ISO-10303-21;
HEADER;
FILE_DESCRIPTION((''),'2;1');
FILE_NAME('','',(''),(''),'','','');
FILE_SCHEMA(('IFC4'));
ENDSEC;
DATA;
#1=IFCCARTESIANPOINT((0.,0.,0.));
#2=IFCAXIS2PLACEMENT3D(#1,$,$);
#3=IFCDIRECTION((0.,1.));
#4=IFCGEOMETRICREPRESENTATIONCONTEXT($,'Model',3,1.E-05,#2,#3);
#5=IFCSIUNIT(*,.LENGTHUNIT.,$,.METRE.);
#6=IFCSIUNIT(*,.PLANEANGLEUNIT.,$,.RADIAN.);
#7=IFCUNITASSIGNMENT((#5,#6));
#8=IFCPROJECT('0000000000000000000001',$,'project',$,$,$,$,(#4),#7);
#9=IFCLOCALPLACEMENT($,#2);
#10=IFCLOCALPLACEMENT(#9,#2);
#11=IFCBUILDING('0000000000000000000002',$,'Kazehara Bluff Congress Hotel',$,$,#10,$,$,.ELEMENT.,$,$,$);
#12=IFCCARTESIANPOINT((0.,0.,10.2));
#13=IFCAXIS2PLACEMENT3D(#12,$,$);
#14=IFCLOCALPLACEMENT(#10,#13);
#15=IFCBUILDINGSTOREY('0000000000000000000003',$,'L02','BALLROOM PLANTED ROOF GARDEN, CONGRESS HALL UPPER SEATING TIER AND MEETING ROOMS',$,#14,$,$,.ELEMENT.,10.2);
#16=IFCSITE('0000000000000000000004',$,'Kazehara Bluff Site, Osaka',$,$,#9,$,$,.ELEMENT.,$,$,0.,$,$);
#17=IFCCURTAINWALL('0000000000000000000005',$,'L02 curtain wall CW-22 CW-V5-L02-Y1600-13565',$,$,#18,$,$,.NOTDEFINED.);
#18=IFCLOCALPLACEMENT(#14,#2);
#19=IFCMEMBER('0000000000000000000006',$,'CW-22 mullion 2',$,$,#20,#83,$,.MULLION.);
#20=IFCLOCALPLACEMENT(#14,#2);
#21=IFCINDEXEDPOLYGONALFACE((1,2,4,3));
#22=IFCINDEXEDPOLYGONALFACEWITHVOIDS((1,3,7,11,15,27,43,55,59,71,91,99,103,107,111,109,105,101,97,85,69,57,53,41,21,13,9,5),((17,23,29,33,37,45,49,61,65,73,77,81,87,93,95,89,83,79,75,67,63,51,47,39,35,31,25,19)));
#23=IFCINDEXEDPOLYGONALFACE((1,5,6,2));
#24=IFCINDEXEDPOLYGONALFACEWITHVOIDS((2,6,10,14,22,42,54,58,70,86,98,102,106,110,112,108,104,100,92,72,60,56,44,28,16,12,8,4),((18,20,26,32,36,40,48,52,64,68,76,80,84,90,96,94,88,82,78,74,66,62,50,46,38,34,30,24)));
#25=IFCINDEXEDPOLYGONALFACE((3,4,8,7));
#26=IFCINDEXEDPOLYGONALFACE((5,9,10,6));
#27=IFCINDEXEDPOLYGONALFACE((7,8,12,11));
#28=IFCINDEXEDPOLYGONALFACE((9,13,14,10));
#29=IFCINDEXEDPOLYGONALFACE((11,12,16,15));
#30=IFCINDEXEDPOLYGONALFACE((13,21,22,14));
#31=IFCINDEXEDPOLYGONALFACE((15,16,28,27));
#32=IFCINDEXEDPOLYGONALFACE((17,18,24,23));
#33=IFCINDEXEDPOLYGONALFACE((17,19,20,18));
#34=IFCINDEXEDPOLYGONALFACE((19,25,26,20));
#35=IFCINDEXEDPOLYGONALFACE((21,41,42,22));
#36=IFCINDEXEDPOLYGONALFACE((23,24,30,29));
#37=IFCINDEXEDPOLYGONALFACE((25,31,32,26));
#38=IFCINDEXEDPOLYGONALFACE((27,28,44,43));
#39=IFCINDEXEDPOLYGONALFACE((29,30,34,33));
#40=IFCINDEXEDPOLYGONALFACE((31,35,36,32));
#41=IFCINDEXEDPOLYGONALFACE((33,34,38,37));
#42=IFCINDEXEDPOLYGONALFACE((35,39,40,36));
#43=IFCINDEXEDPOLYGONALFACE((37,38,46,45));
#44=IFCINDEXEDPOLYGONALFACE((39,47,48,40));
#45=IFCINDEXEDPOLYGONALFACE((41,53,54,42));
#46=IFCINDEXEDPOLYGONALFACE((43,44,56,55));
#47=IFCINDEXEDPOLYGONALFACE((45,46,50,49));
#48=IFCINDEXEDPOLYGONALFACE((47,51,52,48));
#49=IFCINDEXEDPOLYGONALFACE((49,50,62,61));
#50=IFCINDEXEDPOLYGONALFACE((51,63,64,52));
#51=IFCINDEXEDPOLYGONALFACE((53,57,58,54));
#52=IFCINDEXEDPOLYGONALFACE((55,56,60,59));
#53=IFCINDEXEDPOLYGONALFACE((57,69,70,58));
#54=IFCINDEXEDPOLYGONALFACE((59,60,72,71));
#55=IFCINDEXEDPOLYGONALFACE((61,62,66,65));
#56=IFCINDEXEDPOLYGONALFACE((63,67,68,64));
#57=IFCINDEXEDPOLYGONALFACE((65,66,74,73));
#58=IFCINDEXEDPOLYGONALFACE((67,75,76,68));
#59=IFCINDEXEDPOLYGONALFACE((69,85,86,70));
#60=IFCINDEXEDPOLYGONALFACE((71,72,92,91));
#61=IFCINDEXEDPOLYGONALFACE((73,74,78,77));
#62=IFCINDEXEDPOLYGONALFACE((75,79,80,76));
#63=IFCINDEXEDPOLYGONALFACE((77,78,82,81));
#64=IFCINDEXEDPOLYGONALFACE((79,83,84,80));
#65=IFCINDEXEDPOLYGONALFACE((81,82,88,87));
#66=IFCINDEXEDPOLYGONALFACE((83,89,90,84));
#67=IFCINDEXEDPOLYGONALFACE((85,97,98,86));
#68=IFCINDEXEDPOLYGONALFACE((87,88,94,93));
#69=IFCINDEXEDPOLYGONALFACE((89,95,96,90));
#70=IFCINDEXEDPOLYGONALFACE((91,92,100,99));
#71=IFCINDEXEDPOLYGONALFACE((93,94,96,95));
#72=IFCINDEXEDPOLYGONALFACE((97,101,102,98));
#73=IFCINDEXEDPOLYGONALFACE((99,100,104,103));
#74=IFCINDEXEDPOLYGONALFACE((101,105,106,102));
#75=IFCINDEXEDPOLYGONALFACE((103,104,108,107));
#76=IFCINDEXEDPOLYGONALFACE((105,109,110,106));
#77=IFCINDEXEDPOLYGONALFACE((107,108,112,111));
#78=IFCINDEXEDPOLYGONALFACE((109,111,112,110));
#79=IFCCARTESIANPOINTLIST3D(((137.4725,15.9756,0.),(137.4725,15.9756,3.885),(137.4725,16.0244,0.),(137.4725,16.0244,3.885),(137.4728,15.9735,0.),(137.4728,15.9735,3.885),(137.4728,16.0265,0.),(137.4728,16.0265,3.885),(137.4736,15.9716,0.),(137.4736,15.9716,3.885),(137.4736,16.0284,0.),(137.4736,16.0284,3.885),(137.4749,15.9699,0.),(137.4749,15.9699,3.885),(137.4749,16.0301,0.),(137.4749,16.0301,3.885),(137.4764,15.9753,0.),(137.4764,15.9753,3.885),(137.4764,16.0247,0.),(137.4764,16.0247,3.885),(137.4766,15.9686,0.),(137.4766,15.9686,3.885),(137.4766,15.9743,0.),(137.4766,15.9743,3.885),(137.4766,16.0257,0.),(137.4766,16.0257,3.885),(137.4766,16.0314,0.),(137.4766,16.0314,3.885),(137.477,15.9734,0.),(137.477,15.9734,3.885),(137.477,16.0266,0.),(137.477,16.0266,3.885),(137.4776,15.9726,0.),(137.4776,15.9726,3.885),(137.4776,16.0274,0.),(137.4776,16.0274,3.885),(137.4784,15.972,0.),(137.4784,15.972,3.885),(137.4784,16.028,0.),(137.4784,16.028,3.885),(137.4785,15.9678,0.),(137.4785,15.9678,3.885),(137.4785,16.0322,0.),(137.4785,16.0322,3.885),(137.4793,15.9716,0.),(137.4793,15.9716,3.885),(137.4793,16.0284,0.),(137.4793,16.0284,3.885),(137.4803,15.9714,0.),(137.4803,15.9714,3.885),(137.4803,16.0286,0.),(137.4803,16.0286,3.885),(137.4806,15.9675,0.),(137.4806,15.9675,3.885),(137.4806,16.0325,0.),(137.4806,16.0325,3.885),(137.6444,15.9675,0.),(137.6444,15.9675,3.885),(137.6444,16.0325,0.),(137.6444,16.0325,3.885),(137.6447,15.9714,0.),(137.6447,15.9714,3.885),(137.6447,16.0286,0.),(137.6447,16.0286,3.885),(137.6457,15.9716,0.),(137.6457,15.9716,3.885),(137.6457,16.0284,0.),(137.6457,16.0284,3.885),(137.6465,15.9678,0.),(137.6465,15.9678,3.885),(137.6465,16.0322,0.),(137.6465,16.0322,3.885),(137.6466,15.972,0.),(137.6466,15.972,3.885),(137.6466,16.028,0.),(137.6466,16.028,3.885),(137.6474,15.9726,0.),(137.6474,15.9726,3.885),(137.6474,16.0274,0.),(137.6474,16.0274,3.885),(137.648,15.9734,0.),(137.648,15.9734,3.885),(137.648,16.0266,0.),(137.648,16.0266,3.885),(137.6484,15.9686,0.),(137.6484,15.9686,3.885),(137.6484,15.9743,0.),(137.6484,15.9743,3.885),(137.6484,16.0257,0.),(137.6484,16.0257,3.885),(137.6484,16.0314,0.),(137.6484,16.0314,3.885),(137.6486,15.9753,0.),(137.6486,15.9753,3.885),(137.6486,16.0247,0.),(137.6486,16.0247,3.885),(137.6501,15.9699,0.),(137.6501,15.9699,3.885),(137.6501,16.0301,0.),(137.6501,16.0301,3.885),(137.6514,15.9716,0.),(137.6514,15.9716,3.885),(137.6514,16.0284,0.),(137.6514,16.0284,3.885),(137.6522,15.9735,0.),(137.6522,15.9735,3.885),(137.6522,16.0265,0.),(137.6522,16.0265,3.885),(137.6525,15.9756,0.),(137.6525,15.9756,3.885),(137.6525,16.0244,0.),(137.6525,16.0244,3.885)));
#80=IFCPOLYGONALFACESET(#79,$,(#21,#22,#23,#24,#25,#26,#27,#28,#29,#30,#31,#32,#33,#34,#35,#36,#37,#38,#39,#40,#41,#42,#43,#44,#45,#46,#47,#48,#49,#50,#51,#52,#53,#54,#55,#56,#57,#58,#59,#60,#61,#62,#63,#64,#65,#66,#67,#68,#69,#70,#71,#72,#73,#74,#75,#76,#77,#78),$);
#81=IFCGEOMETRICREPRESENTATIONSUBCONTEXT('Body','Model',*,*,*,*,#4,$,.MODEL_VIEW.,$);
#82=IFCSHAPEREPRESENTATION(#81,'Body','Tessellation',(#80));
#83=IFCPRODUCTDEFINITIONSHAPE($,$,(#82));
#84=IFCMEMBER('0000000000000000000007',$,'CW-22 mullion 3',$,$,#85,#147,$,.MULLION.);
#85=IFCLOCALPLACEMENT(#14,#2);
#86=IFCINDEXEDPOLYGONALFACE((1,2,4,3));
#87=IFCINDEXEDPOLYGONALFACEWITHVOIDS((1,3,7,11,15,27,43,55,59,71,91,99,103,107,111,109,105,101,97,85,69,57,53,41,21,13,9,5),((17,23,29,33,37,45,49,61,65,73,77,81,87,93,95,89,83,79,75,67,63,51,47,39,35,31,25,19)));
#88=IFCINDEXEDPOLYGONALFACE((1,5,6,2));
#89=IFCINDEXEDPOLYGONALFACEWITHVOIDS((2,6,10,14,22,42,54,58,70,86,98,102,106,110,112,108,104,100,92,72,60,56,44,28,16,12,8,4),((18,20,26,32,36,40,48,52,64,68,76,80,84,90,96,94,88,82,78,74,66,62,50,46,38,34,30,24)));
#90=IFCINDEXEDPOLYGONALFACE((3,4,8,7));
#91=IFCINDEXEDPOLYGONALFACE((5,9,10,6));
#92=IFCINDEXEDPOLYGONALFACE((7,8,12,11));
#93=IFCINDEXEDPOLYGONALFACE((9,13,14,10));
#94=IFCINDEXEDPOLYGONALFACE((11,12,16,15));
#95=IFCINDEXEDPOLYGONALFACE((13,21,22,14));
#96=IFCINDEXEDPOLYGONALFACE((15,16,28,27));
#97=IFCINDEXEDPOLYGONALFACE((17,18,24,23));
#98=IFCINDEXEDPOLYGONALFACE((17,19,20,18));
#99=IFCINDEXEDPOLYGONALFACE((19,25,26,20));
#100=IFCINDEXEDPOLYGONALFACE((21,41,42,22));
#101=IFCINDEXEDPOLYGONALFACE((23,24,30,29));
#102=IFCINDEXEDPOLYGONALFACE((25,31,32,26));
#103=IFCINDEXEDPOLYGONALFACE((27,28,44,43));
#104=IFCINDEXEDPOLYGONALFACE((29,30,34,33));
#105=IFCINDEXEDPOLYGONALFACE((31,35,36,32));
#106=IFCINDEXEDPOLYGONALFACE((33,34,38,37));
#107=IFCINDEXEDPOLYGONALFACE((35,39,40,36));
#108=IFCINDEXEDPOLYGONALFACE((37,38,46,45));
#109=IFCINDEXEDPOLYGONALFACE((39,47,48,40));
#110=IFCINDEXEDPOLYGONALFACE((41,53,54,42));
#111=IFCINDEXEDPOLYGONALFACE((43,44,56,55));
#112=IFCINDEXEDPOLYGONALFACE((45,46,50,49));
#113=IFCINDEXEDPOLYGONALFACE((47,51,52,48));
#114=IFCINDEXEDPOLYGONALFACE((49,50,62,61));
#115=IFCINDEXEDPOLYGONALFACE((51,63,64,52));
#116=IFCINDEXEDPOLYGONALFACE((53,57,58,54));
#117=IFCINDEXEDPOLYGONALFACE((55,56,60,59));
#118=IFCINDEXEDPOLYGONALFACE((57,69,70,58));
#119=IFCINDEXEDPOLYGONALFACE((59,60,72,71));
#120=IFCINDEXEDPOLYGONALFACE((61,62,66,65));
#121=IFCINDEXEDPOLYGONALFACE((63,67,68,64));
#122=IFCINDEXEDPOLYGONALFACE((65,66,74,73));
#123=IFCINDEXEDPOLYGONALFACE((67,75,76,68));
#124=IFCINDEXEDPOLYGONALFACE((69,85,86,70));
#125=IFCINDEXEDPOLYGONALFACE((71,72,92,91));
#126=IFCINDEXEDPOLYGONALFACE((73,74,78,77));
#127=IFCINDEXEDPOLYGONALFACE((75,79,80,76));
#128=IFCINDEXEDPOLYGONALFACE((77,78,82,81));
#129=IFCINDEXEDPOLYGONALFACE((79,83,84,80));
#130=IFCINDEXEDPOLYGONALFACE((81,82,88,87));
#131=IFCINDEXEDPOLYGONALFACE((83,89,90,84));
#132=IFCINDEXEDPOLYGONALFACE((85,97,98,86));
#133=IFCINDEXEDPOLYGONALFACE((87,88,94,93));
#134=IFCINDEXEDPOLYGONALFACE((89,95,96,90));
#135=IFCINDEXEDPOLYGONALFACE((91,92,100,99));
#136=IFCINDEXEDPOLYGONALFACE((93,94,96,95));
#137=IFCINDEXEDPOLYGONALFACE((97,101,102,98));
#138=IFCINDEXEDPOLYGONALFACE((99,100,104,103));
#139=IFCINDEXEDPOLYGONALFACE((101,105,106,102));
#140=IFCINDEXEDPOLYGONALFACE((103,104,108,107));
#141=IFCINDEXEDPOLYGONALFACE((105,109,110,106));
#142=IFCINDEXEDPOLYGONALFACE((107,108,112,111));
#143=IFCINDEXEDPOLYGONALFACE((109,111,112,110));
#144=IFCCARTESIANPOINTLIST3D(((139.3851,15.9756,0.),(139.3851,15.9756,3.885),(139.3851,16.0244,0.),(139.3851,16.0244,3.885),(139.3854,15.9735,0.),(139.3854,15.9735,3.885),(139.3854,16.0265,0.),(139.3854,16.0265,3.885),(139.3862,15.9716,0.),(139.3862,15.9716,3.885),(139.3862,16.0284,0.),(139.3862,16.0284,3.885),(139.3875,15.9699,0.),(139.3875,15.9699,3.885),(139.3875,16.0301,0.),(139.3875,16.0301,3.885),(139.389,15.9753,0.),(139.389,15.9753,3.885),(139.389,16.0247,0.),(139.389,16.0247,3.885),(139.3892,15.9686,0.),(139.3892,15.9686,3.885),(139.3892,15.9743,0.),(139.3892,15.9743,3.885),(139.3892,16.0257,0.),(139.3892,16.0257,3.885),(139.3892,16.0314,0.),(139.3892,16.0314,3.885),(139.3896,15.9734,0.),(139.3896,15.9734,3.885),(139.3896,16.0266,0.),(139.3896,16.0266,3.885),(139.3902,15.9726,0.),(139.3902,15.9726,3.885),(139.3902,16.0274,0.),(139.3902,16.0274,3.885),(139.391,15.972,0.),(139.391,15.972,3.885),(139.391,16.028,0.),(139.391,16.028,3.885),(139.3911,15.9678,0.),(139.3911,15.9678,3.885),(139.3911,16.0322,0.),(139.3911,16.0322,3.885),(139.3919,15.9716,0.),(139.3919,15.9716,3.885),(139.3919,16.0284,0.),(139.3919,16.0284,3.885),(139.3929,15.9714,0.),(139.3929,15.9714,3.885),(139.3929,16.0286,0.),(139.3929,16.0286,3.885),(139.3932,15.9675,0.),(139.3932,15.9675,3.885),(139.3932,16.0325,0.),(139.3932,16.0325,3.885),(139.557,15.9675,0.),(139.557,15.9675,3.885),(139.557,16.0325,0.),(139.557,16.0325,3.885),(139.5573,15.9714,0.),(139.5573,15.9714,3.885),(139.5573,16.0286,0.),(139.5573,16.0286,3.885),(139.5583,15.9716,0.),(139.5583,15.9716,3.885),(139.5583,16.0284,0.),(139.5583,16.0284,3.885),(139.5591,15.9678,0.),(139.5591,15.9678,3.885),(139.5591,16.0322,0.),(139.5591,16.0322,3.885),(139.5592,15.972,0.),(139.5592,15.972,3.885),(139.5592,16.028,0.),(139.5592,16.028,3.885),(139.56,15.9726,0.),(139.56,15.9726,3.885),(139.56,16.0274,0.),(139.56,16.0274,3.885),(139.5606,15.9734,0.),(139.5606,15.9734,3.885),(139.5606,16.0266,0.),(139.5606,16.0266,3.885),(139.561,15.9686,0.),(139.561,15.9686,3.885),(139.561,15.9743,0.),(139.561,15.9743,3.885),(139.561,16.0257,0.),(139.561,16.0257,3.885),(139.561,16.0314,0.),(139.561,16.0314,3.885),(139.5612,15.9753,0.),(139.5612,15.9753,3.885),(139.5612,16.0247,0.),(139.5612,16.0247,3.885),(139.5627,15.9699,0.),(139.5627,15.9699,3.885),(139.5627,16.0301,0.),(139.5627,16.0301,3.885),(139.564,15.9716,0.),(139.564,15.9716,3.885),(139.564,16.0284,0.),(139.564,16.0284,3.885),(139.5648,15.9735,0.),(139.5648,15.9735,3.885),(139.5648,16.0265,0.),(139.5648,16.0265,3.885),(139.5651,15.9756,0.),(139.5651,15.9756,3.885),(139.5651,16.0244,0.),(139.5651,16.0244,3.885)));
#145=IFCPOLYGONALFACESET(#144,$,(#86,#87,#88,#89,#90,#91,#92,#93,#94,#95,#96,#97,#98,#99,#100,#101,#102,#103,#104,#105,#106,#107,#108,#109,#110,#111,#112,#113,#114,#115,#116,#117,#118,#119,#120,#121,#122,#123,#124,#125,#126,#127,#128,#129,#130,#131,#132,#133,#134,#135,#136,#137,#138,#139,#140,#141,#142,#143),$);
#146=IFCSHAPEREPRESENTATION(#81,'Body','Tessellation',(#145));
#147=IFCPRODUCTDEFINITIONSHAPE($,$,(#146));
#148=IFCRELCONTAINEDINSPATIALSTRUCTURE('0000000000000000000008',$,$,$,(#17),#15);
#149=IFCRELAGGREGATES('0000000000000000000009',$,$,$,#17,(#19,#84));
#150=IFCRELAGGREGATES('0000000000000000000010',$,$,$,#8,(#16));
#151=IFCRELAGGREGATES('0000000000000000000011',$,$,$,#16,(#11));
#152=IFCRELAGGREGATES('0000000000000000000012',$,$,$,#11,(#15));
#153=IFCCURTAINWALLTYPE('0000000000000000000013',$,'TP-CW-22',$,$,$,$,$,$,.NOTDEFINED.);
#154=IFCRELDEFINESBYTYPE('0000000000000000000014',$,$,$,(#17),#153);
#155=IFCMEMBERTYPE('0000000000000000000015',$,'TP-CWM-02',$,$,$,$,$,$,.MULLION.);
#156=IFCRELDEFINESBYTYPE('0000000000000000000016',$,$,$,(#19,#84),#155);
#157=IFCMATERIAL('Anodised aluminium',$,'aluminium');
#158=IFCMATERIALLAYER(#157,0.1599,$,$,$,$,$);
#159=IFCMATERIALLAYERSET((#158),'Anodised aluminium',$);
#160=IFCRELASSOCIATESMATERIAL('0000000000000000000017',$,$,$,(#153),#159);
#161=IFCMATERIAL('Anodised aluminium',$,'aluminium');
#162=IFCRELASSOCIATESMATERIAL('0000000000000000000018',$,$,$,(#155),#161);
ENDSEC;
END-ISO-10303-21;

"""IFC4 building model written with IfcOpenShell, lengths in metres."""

from ifc_helpers import new_model, si_unit, direction, frame, origin, origin_2d, place, context, subcontext, project, spatial, hollow_rectangle, extrude, material, layer, layer_set, material_profile, profile_set, type_object, element, aggregate, save


model = new_model("IFC4")

# Units and contexts
model_context = context("Model", 3, precision=1e-05, world=origin(), true_north=direction((0.0, 1.0)))
body_context = subcontext(model_context, "Body", "Model", "MODEL_VIEW")
ifc_project = project(units=[si_unit("LENGTHUNIT", "METRE"), si_unit("PLANEANGLEUNIT", "RADIAN")], contexts=[model_context])

# Site, building, storey
site_placement = place(None, origin())
site = spatial("IfcSite", under=ifc_project, at=site_placement, Name="Kazehara Bluff Site, Osaka", CompositionType="ELEMENT", RefElevation=0.0)
building_placement = place(site_placement, origin())
building = spatial("IfcBuilding", under=site, at=building_placement, Name="Kazehara Bluff Congress Hotel", CompositionType="ELEMENT")
storey_placement = place(building_placement, frame((0.0, 0.0, 10.2)))
storey = spatial("IfcBuildingStorey", under=building, at=storey_placement, Name="L02", Description="BALLROOM PLANTED ROOF GARDEN, CONGRESS HALL UPPER SEATING TIER AND MEETING ROOMS", CompositionType="ELEMENT", Elevation=10.2)

# Curtain wall, members
ifc_material_1 = material(Name="Anodised aluminium", Category="aluminium")
ifc_layer_1 = layer(ifc_material_1, 0.1599)
ifc_layer_set_1 = layer_set([ifc_layer_1], Name="Anodised aluminium")
curtain_wall_type = type_object("IfcCurtainWallType", Name="TP-CW-22", PredefinedType="NOTDEFINED", material=ifc_layer_set_1)
curtain_wall_placement = place(storey_placement, origin())
curtain_wall = element("IfcCurtainWall", 1, at=curtain_wall_placement, inside=storey, type_object=curtain_wall_type, Name="L02 curtain wall CW-22 CW-V5-L02-Y1600-13565", PredefinedType="NOTDEFINED")
ifc_material_2 = material(Name="Anodised aluminium", Category="aluminium")
ifc_material_profile_1 = material_profile(ifc_material_2, hollow_rectangle(XDim=0.0649, YDim=0.1799, WallThickness=0.0039, InnerFilletRadius=0.0039, OuterFilletRadius=0.0081, at=origin_2d()))
ifc_profile_set_1 = profile_set([ifc_material_profile_1], Name="Anodised aluminium")
member_type_1 = type_object("IfcMemberType", Name="TP-CWM-02", PredefinedType="MULLION", material=ifc_profile_set_1)
member_1_placement = place(storey_placement, frame((137.5625, 16.0, 0.0), z_axis=(0.0, 0.0, 1.0), x_axis=(0.0, 1.0, 0.0)))
member_1 = element("IfcMember", 2, at=member_1_placement, type_object=member_type_1, Name="CW-22 mullion 2", PredefinedType="MULLION", context=body_context, shape_type="SweptSolid", body=[
    extrude(hollow_rectangle(XDim=0.0649, YDim=0.1799, WallThickness=0.0039, InnerFilletRadius=0.0039, OuterFilletRadius=0.0081, at=origin_2d()), origin(), (0.0, 0.0, 1.0), 3.885),
])
member_2_placement = place(storey_placement, frame((139.4751, 16.0, 0.0), z_axis=(0.0, 0.0, 1.0), x_axis=(0.0, 1.0, 0.0)))
member_2 = element("IfcMember", 3, at=member_2_placement, type_object=member_type_1, Name="CW-22 mullion 3", PredefinedType="MULLION", context=body_context, shape_type="SweptSolid", body=[
    extrude(hollow_rectangle(XDim=0.0649, YDim=0.1799, WallThickness=0.0039, InnerFilletRadius=0.0039, OuterFilletRadius=0.0081, at=origin_2d()), origin(), (0.0, 0.0, 1.0), 3.885),
])
aggregate(curtain_wall, [member_1, member_2])

save(model, "model.ifc")
